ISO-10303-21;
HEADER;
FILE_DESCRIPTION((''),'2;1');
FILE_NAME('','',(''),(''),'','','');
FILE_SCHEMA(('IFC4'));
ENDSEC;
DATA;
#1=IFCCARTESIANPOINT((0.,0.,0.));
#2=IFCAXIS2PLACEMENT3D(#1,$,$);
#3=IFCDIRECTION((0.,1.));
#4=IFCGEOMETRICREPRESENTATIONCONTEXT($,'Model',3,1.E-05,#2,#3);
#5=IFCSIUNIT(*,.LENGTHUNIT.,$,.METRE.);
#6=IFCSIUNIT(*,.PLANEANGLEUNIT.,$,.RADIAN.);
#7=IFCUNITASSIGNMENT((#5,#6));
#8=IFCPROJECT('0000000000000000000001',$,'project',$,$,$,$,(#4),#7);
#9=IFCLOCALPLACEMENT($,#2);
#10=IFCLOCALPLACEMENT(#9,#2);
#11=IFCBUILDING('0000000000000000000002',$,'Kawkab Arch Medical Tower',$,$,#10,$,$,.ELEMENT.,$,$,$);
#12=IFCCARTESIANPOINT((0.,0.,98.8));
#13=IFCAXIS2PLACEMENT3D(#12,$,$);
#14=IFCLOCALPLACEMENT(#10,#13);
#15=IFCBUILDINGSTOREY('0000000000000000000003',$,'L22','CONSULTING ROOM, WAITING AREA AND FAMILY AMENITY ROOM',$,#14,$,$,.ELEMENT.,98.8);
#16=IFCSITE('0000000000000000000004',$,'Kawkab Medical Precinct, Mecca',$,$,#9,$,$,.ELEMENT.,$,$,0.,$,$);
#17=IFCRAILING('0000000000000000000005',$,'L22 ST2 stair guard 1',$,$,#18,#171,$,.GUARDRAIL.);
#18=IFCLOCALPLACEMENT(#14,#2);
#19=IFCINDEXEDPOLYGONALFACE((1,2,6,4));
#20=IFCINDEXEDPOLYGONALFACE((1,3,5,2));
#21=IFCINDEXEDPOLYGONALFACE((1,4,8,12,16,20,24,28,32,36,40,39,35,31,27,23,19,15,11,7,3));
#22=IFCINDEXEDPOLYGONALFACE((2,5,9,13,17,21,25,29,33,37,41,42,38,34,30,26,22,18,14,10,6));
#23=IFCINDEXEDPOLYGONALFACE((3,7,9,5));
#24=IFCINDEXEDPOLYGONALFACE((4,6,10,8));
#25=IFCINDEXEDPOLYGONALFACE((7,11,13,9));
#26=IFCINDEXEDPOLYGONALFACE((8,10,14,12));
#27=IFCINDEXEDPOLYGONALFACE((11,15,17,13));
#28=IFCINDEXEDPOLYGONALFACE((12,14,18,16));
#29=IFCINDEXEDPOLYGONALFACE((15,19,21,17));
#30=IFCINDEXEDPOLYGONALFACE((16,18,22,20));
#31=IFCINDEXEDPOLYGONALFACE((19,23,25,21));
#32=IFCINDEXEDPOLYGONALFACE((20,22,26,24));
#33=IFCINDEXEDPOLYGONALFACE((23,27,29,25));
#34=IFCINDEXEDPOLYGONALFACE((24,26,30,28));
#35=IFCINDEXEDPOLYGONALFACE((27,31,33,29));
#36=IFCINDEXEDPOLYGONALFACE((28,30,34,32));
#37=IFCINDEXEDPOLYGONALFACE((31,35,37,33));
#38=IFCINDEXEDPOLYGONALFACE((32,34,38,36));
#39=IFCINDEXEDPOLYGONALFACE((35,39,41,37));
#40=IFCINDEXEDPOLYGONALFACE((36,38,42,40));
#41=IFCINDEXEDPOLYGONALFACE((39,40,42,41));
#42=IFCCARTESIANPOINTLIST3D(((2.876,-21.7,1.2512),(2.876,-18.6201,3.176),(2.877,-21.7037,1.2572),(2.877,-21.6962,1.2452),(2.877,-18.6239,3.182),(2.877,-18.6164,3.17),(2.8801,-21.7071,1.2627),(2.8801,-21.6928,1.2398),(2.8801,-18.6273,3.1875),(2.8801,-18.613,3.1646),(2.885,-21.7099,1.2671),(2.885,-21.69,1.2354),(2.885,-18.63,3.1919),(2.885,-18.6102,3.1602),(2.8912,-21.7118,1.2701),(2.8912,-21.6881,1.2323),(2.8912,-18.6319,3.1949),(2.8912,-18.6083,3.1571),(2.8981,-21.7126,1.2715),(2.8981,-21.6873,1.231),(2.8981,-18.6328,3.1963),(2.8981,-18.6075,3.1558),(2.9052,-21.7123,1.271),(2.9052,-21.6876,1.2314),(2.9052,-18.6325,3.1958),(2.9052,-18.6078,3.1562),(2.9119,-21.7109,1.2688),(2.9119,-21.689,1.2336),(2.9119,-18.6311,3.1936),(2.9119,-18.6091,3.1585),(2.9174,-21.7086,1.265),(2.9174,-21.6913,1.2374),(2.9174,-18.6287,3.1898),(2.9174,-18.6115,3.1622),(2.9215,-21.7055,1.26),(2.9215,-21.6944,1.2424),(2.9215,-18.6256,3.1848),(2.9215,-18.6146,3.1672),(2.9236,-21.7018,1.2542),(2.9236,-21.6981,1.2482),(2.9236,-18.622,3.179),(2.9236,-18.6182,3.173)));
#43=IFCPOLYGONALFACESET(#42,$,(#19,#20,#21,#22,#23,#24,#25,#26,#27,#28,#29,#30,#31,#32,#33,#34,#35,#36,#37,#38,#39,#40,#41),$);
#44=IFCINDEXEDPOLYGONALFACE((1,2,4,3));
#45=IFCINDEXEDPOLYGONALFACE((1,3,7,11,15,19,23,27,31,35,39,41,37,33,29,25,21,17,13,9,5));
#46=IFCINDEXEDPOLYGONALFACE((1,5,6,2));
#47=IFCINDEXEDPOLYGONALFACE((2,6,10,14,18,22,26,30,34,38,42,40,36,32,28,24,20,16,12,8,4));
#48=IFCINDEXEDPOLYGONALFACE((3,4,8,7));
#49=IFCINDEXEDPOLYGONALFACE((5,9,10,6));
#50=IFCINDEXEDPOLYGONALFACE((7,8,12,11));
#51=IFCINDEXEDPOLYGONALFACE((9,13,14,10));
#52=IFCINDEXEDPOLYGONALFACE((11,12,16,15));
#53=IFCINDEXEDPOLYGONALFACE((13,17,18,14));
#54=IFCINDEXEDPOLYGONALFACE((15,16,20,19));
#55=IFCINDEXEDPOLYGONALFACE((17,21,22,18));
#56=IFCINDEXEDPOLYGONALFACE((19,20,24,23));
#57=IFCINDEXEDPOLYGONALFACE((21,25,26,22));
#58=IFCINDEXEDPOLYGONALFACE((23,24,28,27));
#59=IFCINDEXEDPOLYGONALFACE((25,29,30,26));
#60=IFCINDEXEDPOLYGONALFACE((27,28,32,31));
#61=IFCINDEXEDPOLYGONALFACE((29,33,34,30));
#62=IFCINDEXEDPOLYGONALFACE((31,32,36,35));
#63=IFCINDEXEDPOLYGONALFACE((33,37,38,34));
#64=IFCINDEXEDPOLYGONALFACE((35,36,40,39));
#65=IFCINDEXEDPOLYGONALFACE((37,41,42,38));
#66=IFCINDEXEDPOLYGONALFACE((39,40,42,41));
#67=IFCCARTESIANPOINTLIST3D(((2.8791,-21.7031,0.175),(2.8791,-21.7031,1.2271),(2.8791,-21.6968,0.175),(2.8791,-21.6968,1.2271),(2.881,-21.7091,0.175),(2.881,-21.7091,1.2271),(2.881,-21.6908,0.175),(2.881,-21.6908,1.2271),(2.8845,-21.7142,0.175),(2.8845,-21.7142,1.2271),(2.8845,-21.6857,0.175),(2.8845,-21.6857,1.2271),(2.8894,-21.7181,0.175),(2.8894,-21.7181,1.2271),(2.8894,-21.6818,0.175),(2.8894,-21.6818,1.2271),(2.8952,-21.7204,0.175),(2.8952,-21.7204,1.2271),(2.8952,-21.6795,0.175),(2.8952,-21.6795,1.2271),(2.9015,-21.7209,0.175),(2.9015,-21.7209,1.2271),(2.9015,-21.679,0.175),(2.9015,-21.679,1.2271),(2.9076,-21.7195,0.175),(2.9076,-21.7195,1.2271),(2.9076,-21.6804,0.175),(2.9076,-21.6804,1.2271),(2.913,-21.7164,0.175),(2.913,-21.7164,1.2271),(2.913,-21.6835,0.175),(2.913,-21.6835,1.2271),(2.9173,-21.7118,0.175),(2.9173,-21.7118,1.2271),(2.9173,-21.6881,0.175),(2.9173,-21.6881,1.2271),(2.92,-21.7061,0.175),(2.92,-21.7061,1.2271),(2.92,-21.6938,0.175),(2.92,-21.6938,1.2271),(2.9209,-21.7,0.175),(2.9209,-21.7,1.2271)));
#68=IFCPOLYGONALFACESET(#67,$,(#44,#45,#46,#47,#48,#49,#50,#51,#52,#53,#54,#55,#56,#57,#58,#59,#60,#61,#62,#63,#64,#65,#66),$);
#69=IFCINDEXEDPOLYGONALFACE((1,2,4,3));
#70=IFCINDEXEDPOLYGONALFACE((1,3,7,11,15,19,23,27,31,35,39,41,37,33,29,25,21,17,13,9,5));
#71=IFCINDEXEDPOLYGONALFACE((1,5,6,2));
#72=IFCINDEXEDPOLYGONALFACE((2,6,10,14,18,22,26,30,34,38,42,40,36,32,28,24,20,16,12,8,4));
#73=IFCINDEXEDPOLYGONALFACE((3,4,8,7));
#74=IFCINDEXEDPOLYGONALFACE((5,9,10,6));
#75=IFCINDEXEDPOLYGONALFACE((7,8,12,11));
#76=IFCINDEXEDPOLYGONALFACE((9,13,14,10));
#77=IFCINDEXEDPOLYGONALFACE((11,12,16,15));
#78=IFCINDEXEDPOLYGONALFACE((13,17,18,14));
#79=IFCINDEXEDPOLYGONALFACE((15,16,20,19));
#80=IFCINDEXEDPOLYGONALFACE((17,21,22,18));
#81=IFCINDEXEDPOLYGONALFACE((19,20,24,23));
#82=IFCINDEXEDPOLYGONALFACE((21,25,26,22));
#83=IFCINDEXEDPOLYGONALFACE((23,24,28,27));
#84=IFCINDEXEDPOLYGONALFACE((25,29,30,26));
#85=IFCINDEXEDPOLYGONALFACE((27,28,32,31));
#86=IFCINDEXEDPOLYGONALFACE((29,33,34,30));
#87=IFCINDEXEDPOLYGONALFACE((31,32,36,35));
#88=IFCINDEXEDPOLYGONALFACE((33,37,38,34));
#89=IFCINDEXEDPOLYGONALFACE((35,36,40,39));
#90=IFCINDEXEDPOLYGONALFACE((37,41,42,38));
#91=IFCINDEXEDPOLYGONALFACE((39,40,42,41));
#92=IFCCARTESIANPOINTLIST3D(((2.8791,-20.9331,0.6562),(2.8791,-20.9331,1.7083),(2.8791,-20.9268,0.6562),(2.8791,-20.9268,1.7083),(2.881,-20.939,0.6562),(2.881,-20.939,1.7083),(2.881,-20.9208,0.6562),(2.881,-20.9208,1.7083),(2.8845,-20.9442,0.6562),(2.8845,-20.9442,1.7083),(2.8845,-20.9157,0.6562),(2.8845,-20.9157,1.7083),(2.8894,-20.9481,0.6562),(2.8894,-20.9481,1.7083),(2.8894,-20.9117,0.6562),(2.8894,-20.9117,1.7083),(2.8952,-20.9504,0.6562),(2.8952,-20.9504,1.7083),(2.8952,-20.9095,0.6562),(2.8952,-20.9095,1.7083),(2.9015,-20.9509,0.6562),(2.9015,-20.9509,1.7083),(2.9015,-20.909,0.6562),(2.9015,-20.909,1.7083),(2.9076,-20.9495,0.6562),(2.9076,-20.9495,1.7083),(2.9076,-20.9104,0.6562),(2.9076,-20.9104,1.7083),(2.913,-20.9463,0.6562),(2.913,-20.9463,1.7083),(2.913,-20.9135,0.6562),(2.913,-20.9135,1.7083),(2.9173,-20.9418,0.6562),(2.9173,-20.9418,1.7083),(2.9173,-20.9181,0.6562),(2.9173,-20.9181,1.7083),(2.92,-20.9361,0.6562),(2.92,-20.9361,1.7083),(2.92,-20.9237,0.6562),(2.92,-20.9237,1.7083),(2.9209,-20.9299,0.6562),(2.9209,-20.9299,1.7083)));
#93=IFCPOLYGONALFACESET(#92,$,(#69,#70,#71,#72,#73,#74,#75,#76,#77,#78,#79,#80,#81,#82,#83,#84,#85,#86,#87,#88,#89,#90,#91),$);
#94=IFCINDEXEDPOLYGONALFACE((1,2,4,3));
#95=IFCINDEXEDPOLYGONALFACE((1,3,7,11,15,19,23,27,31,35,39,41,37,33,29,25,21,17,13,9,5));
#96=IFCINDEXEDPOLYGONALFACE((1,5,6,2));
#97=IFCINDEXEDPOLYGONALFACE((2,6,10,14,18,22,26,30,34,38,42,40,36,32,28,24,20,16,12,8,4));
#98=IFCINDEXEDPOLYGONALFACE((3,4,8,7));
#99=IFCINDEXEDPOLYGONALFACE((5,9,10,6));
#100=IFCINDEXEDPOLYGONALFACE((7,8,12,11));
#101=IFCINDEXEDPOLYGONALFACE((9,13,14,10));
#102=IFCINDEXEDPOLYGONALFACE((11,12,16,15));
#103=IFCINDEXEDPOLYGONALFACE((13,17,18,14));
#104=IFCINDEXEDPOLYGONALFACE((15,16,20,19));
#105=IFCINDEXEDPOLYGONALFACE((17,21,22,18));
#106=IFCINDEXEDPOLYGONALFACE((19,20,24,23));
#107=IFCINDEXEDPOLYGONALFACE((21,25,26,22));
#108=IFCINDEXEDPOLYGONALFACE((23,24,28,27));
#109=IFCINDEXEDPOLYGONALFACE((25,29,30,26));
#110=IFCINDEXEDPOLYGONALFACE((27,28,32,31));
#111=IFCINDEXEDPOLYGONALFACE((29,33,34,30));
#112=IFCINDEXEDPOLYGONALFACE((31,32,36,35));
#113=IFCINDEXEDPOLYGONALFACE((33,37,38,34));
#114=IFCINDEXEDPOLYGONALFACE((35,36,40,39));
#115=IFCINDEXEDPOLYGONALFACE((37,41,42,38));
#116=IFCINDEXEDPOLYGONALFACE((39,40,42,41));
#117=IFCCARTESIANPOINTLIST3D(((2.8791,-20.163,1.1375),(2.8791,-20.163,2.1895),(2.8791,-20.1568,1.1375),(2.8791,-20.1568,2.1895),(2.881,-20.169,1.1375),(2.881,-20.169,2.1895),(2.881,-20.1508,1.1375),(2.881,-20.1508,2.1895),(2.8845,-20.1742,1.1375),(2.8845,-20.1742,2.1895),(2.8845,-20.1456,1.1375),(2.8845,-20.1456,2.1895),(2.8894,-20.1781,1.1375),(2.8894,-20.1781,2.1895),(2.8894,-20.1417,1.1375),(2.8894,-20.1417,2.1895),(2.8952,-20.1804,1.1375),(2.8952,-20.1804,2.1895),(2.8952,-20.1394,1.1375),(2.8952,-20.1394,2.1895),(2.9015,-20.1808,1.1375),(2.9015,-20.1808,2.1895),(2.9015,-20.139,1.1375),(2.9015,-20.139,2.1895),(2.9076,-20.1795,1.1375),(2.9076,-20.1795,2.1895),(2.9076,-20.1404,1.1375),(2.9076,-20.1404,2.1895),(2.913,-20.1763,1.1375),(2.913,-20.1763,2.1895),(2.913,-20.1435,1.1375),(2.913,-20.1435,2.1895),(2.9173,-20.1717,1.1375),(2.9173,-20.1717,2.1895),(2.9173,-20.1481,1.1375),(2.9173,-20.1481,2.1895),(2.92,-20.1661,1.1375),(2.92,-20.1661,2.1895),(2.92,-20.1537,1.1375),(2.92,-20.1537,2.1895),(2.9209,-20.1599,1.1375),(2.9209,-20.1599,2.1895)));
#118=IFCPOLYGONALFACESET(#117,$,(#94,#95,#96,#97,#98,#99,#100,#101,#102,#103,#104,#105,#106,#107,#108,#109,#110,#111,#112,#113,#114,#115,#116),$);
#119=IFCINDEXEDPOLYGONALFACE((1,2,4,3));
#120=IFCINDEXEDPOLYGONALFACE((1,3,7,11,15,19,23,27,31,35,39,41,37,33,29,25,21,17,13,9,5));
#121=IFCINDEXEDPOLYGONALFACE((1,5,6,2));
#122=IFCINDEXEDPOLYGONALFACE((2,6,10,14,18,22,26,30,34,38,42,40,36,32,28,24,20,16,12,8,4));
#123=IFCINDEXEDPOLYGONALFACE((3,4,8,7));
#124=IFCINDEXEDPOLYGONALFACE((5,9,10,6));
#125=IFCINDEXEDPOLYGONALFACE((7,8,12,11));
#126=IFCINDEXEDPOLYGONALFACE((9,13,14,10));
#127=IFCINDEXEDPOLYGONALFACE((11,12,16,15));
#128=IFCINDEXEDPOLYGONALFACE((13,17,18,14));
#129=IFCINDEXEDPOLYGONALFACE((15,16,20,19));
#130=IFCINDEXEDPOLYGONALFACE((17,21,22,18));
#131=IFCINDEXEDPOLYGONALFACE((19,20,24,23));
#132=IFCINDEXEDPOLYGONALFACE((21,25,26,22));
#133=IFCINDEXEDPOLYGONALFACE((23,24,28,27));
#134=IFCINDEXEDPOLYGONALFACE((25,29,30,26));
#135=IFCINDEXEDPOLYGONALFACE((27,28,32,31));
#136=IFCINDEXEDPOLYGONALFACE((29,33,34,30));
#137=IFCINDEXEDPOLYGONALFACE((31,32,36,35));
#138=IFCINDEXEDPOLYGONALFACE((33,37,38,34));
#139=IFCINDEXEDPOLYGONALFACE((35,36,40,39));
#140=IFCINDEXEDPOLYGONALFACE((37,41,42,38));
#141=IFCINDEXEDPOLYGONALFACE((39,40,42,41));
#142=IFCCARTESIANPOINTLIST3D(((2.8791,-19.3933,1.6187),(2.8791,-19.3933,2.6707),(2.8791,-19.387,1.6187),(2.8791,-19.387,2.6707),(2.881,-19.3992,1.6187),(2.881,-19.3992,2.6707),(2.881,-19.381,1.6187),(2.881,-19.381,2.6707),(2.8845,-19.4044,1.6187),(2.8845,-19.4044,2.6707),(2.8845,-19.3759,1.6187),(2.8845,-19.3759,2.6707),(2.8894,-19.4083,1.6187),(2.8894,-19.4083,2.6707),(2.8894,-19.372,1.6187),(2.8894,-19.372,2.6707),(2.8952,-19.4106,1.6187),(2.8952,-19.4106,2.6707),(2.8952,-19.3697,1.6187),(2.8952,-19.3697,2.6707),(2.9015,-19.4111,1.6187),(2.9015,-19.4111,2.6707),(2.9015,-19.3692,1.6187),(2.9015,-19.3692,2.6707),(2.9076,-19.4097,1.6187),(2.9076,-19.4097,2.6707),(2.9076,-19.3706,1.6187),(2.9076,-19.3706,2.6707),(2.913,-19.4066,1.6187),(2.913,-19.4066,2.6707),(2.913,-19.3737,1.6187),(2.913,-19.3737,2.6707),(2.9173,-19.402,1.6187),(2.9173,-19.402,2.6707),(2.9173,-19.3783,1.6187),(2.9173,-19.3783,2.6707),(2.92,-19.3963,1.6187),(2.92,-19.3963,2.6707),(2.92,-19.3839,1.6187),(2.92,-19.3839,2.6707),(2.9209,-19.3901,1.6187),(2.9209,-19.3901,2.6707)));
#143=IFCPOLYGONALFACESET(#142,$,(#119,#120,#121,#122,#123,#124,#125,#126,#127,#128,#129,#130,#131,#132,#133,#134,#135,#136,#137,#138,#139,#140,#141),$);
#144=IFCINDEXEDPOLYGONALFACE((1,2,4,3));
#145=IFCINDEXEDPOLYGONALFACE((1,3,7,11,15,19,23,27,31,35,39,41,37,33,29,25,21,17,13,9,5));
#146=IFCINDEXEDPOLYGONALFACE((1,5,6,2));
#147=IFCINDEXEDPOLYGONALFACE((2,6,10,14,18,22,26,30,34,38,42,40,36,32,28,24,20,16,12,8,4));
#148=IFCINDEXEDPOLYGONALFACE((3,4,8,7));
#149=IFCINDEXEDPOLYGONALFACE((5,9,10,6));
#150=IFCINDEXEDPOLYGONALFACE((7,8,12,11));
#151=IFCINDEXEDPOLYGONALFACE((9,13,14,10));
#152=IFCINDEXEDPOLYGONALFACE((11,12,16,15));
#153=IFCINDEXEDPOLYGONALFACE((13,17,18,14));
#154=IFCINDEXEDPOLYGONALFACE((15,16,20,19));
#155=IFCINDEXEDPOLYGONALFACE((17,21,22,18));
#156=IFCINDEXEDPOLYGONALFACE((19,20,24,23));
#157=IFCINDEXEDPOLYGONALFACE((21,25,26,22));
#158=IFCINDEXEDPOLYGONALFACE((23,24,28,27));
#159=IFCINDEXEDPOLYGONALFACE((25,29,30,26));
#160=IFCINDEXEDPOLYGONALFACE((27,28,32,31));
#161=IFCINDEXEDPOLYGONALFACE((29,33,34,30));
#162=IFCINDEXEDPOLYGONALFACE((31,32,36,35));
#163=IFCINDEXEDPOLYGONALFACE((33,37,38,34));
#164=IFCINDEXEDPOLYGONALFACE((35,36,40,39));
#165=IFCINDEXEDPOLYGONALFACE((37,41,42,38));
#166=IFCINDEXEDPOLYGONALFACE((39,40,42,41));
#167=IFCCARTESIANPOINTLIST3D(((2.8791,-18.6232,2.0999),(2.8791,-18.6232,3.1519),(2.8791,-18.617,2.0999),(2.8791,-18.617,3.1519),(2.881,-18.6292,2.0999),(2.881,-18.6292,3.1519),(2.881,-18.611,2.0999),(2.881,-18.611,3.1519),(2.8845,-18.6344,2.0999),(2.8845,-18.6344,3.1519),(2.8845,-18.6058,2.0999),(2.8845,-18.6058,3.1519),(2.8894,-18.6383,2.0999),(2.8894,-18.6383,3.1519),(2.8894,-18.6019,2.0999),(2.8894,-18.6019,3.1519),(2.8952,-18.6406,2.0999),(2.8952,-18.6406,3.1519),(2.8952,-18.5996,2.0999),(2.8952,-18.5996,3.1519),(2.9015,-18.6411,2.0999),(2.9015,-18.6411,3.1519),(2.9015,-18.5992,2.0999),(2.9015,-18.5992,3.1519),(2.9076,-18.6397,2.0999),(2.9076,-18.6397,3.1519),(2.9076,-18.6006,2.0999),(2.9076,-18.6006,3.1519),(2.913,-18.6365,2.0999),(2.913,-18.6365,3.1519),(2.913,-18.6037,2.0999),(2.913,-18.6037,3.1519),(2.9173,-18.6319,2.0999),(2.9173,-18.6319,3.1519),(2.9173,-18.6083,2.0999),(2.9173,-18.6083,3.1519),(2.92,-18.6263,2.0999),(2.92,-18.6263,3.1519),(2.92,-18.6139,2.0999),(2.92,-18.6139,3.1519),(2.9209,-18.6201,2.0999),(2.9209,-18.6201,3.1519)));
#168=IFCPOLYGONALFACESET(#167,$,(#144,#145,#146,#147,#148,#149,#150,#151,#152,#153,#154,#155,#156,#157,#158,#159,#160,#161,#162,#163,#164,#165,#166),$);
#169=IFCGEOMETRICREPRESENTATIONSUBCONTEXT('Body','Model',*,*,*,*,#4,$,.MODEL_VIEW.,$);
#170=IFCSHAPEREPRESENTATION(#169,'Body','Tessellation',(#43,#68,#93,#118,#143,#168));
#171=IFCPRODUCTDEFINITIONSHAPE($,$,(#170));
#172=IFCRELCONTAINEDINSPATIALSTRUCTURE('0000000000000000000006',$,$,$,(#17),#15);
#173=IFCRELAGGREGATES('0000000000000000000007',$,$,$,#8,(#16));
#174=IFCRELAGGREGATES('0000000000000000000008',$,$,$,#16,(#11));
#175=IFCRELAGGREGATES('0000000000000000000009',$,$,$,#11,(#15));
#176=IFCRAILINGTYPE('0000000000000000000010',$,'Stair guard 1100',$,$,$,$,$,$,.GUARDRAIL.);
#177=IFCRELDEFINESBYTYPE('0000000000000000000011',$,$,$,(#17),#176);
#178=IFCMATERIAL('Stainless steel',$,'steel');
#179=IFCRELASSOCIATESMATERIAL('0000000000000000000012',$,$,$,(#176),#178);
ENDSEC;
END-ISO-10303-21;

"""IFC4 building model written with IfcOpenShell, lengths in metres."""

from ifc_helpers import new_model, si_unit, direction, frame, origin, origin_2d, place, context, subcontext, project, spatial, circle, extrude, material, type_object, element, save


model = new_model("IFC4")

# Units and contexts
model_context = context("Model", 3, precision=1e-05, world=origin(), true_north=direction((0.0, 1.0)))
body_context = subcontext(model_context, "Body", "Model", "MODEL_VIEW")
ifc_project = project(units=[si_unit("LENGTHUNIT", "METRE"), si_unit("PLANEANGLEUNIT", "RADIAN")], contexts=[model_context])

# Site, building, storey
site_placement = place(None, origin())
site = spatial("IfcSite", under=ifc_project, at=site_placement, Name="Kawkab Medical Precinct, Mecca", CompositionType="ELEMENT", RefElevation=0.0)
building_placement = place(site_placement, origin())
building = spatial("IfcBuilding", under=site, at=building_placement, Name="Kawkab Arch Medical Tower", CompositionType="ELEMENT")
storey_placement = place(building_placement, frame((0.0, 0.0, 98.8)))
storey = spatial("IfcBuildingStorey", under=building, at=storey_placement, Name="L22", Description="CONSULTING ROOM, WAITING AREA AND FAMILY AMENITY ROOM", CompositionType="ELEMENT", Elevation=98.8)

# Railing
ifc_material_1 = material(Name="Stainless steel", Category="steel")
railing_type = type_object("IfcRailingType", Name="Stair guard 1100", PredefinedType="GUARDRAIL", material=ifc_material_1)
railing_1_placement = place(storey_placement, frame((2.8999, -21.7, 0.175)))
element("IfcRailing", 1, at=railing_1_placement, inside=storey, type_object=railing_type, Name="L22 ST2 stair guard 1", PredefinedType="GUARDRAIL", context=body_context, shape_type="SweptSolid", body=[
    extrude(circle(Radius=0.0239, at=origin_2d()), frame((0.0, 0.0, 1.0762), z_axis=(0.0, 0.84801, 0.529981), x_axis=(-1.0, 0.0, 0.0)), (0.0, 0.0, 1.0), 3.6318),
    extrude(circle(Radius=0.021, at=origin_2d()), origin(), (0.0, 0.0, 1.0), 1.052),
    extrude(circle(Radius=0.021, at=origin_2d()), frame((0.0, 0.77, 0.4812)), (0.0, 0.0, 1.0), 1.052),
    extrude(circle(Radius=0.021, at=origin_2d()), frame((0.0, 1.54, 0.9624)), (0.0, 0.0, 1.0), 1.052),
    extrude(circle(Radius=0.021, at=origin_2d()), frame((0.0, 2.3098, 1.4436)), (0.0, 0.0, 1.0), 1.052),
    extrude(circle(Radius=0.021, at=origin_2d()), frame((0.0, 3.0798, 1.9248)), (0.0, 0.0, 1.0), 1.052),
])

save(model, "model.ifc")
